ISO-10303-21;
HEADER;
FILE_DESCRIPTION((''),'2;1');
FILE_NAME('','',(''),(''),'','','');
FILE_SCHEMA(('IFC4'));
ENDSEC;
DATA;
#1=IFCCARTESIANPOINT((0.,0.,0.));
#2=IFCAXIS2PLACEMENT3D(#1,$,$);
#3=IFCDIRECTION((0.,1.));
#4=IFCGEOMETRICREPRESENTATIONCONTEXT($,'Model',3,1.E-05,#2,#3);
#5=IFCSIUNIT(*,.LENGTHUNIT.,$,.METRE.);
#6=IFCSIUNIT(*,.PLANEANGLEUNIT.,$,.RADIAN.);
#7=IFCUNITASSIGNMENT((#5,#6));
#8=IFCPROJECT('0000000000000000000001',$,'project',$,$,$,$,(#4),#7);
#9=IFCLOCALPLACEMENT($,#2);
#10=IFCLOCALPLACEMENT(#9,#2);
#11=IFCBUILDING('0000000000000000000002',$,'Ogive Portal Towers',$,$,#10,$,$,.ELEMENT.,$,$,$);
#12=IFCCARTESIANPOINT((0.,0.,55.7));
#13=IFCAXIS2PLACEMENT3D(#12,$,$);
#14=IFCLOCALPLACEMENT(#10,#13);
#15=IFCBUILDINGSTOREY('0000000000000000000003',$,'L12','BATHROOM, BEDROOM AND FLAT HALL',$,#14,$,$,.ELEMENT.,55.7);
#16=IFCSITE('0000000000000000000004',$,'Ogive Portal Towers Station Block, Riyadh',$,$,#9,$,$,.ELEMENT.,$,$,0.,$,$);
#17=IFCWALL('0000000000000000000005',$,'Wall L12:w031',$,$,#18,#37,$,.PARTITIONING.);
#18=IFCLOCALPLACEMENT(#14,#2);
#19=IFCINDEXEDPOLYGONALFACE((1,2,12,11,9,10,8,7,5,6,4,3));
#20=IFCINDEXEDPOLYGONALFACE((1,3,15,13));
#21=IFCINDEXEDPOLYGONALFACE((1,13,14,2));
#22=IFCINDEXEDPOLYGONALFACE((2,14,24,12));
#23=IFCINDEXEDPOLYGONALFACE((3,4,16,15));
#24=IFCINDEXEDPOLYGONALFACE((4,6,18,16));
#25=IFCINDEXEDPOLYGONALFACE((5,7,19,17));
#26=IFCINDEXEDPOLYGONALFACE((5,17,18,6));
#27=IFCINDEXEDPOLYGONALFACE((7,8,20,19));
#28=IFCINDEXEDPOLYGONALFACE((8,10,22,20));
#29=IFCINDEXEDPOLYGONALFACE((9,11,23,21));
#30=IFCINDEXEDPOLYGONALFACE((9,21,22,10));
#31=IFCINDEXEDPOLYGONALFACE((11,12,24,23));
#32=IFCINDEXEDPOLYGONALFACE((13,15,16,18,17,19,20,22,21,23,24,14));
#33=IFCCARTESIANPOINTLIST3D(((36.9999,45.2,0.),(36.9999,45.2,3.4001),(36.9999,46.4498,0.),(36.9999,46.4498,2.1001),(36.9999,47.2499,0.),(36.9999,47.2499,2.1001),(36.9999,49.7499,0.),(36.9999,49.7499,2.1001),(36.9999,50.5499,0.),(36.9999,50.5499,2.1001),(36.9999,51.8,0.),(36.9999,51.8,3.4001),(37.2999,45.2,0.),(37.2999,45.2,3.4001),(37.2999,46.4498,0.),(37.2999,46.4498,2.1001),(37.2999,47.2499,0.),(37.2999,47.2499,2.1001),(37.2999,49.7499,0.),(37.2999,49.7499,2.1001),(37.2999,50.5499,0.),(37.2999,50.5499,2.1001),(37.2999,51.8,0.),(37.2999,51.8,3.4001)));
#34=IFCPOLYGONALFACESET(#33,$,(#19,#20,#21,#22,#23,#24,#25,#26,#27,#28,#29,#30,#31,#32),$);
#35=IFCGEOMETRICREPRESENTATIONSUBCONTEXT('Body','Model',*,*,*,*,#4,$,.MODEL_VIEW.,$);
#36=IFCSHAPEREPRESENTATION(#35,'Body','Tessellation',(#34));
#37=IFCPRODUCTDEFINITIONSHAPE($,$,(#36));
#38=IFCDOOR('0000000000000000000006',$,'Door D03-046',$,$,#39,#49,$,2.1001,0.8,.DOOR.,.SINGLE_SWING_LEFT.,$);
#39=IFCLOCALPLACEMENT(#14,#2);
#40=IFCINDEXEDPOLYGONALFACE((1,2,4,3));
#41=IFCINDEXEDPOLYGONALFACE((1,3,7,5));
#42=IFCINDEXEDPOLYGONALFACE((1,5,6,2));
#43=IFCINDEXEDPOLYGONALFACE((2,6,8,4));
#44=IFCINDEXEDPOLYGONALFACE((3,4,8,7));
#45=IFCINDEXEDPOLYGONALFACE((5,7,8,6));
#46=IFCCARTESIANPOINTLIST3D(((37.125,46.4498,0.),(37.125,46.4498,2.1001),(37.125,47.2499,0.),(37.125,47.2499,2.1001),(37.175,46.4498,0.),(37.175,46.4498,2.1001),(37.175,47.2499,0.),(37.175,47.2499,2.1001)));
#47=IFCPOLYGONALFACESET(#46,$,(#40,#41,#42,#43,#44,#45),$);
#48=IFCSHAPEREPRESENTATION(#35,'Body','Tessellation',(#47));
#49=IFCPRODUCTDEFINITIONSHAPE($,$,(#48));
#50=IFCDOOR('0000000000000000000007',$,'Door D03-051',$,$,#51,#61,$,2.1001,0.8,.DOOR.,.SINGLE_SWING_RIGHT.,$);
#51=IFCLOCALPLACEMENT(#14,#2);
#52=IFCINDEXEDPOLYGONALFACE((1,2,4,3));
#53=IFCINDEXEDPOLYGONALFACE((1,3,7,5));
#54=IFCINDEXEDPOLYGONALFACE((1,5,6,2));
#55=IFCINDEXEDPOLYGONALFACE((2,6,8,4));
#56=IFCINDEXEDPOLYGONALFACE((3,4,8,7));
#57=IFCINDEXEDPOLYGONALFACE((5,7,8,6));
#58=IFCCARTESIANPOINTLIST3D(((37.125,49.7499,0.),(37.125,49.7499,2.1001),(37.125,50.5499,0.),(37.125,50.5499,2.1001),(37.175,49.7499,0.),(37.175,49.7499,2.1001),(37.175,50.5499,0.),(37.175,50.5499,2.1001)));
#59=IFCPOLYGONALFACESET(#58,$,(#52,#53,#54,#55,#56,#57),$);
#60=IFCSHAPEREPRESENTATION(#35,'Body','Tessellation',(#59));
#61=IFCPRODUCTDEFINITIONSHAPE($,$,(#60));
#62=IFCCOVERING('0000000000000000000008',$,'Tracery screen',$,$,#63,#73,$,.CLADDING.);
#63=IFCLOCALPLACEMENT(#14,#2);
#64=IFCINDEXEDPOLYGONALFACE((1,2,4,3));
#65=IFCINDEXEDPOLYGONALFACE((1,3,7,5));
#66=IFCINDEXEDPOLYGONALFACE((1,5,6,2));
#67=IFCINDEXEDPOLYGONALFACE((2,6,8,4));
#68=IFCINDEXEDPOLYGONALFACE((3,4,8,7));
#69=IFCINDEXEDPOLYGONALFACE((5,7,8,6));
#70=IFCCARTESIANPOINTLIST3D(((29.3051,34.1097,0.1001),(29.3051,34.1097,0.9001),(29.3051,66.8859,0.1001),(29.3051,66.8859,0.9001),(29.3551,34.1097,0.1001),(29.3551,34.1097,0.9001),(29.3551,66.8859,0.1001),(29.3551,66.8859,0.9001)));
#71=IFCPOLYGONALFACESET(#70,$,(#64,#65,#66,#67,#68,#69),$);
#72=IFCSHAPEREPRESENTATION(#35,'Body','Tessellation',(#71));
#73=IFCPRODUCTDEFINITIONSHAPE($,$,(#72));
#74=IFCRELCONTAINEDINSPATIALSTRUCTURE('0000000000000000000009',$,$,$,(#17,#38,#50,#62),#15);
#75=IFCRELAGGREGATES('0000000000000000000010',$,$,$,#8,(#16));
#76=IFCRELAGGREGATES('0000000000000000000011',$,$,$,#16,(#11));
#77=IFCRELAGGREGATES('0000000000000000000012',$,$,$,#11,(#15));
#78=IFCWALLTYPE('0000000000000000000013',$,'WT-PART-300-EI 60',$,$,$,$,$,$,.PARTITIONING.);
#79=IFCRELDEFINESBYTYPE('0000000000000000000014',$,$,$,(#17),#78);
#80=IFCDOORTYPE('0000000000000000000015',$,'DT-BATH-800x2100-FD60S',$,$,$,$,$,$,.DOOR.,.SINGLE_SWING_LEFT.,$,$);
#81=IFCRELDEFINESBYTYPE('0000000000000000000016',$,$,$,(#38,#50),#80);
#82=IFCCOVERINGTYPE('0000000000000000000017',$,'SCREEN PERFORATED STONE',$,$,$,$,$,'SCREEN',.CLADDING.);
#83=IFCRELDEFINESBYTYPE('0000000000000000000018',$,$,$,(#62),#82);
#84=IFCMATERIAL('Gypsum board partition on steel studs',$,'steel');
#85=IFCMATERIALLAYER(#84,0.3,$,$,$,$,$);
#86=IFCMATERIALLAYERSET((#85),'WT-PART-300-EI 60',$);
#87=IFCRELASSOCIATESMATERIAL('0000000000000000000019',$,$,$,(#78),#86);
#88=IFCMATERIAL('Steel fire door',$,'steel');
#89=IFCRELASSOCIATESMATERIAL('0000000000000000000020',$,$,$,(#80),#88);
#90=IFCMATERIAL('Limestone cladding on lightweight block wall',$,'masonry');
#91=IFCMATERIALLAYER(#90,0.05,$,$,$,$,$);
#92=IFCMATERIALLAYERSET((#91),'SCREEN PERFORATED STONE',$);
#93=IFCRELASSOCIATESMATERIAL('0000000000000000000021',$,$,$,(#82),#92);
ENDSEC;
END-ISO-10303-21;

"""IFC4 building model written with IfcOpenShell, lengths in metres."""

from ifc_helpers import new_model, si_unit, direction, frame, frame_2d, origin, origin_2d, place, context, subcontext, project, spatial, rectangle, extrude, material, layer, layer_set, type_object, element, fill, save


model = new_model("IFC4")

# Units and contexts
model_context = context("Model", 3, precision=1e-05, world=origin(), true_north=direction((0.0, 1.0)))
body_context = subcontext(model_context, "Body", "Model", "MODEL_VIEW")
ifc_project = project(units=[si_unit("LENGTHUNIT", "METRE"), si_unit("PLANEANGLEUNIT", "RADIAN")], contexts=[model_context])

# Site, building, storey
site_placement = place(None, origin())
site = spatial("IfcSite", under=ifc_project, at=site_placement, Name="Ogive Portal Towers Station Block, Riyadh", CompositionType="ELEMENT", RefElevation=0.0)
building_placement = place(site_placement, origin())
building = spatial("IfcBuilding", under=site, at=building_placement, Name="Ogive Portal Towers", CompositionType="ELEMENT")
storey_placement = place(building_placement, frame((0.0, 0.0, 55.7)))
storey = spatial("IfcBuildingStorey", under=building, at=storey_placement, Name="L12", Description="BATHROOM, BEDROOM AND FLAT HALL", CompositionType="ELEMENT", Elevation=55.7)

# Shared definitions
ifc_material_1 = material(Name="Gypsum board partition on steel studs", Category="steel")
ifc_layer_1 = layer(ifc_material_1, 0.3)
ifc_layer_set_1 = layer_set([ifc_layer_1], Name="WT-PART-300-EI 60")
wall_type = type_object("IfcWallType", Name="WT-PART-300-EI 60", PredefinedType="PARTITIONING", material=ifc_layer_set_1)

# Wall, openings, doors
wall_1_placement = place(storey_placement, frame((37.1499, 45.2, 0.0), z_axis=(0.0, 0.0, 1.0), x_axis=(0.0, 1.0, 0.0)))
wall_1 = element("IfcWall", 1, at=wall_1_placement, inside=storey, type_object=wall_type, Name="Wall L12:w031", PredefinedType="PARTITIONING", context=body_context, shape_type="SweptSolid", body=[
    extrude(rectangle(XDim=6.6001, YDim=0.3, at=frame_2d((3.3, 0.0))), origin(), (0.0, 0.0, 1.0), 3.4001),
])
opening_1_placement = place(wall_1_placement, frame((1.25, 0.0, 0.0)))
opening_1 = element("IfcOpeningElement", 2, at=opening_1_placement, cuts=wall_1, PredefinedType="OPENING", context=body_context, shape_type="SweptSolid", body=[
    extrude(rectangle(XDim=0.8, YDim=2.1001, at=frame_2d((0.3999, 1.05))), frame((0.0, 0.1602, 0.0), z_axis=(0.0, -1.0, 0.0), x_axis=(1.0, 0.0, 0.0)), (0.0, 0.0, 1.0), 0.3201),
])
opening_2_placement = place(wall_1_placement, frame((4.55, 0.0, 0.0)))
opening_2 = element("IfcOpeningElement", 3, at=opening_2_placement, cuts=wall_1, PredefinedType="OPENING", context=body_context, shape_type="SweptSolid", body=[
    extrude(rectangle(XDim=0.8, YDim=2.1001, at=frame_2d((0.3999, 1.05))), frame((0.0, 0.1602, 0.0), z_axis=(0.0, -1.0, 0.0), x_axis=(1.0, 0.0, 0.0)), (0.0, 0.0, 1.0), 0.3201),
])
ifc_material_2 = material(Name="Steel fire door", Category="steel")
door_type = type_object("IfcDoorType", Name="DT-BATH-800x2100-FD60S", OperationType="SINGLE_SWING_LEFT", PredefinedType="DOOR", material=ifc_material_2)
door_1_placement = place(opening_1_placement, origin())
door_1 = element("IfcDoor", 4, at=door_1_placement, inside=storey, type_object=door_type, Name="Door D03-046", OperationType="SINGLE_SWING_LEFT", OverallHeight=2.1001, OverallWidth=0.8, PredefinedType="DOOR", context=body_context, shape_type="SweptSolid", body=[
    extrude(rectangle(XDim=0.8, YDim=2.1001, at=frame_2d((0.3999, 1.05))), frame((0.0, 0.0249, 0.0), z_axis=(0.0, -1.0, 0.0), x_axis=(1.0, 0.0, 0.0)), (0.0, 0.0, 1.0), 0.05),
])
fill(opening_1, door_1)
door_2_placement = place(opening_2_placement, origin())
door_2 = element("IfcDoor", 5, at=door_2_placement, inside=storey, type_object=door_type, Name="Door D03-051", OperationType="SINGLE_SWING_RIGHT", OverallHeight=2.1001, OverallWidth=0.8, PredefinedType="DOOR", context=body_context, shape_type="SweptSolid", body=[
    extrude(rectangle(XDim=0.8, YDim=2.1001, at=frame_2d((0.3999, 1.05))), frame((0.0, 0.0249, 0.0), z_axis=(0.0, -1.0, 0.0), x_axis=(1.0, 0.0, 0.0)), (0.0, 0.0, 1.0), 0.05),
])
fill(opening_2, door_2)

# Covering
ifc_material_3 = material(Name="Limestone cladding on lightweight block wall", Category="masonry")
ifc_layer_2 = layer(ifc_material_3, 0.05)
ifc_layer_set_2 = layer_set([ifc_layer_2], Name="SCREEN PERFORATED STONE")
covering_type = type_object("IfcCoveringType", Name="SCREEN PERFORATED STONE", ElementType="SCREEN", PredefinedType="CLADDING", material=ifc_layer_set_2)
covering_placement = place(storey_placement, frame((29.3301, 50.4978, 0.1001), z_axis=(0.0, 0.0, 1.0), x_axis=(0.0, -1.0, 0.0)))
element("IfcCovering", 6, at=covering_placement, inside=storey, type_object=covering_type, Name="Tracery screen", PredefinedType="CLADDING", context=body_context, shape_type="SweptSolid", body=[
    extrude(rectangle(XDim=32.7761, YDim=0.05, at=origin_2d()), origin(), (0.0, 0.0, 1.0), 0.8),
])

save(model, "model.ifc")
